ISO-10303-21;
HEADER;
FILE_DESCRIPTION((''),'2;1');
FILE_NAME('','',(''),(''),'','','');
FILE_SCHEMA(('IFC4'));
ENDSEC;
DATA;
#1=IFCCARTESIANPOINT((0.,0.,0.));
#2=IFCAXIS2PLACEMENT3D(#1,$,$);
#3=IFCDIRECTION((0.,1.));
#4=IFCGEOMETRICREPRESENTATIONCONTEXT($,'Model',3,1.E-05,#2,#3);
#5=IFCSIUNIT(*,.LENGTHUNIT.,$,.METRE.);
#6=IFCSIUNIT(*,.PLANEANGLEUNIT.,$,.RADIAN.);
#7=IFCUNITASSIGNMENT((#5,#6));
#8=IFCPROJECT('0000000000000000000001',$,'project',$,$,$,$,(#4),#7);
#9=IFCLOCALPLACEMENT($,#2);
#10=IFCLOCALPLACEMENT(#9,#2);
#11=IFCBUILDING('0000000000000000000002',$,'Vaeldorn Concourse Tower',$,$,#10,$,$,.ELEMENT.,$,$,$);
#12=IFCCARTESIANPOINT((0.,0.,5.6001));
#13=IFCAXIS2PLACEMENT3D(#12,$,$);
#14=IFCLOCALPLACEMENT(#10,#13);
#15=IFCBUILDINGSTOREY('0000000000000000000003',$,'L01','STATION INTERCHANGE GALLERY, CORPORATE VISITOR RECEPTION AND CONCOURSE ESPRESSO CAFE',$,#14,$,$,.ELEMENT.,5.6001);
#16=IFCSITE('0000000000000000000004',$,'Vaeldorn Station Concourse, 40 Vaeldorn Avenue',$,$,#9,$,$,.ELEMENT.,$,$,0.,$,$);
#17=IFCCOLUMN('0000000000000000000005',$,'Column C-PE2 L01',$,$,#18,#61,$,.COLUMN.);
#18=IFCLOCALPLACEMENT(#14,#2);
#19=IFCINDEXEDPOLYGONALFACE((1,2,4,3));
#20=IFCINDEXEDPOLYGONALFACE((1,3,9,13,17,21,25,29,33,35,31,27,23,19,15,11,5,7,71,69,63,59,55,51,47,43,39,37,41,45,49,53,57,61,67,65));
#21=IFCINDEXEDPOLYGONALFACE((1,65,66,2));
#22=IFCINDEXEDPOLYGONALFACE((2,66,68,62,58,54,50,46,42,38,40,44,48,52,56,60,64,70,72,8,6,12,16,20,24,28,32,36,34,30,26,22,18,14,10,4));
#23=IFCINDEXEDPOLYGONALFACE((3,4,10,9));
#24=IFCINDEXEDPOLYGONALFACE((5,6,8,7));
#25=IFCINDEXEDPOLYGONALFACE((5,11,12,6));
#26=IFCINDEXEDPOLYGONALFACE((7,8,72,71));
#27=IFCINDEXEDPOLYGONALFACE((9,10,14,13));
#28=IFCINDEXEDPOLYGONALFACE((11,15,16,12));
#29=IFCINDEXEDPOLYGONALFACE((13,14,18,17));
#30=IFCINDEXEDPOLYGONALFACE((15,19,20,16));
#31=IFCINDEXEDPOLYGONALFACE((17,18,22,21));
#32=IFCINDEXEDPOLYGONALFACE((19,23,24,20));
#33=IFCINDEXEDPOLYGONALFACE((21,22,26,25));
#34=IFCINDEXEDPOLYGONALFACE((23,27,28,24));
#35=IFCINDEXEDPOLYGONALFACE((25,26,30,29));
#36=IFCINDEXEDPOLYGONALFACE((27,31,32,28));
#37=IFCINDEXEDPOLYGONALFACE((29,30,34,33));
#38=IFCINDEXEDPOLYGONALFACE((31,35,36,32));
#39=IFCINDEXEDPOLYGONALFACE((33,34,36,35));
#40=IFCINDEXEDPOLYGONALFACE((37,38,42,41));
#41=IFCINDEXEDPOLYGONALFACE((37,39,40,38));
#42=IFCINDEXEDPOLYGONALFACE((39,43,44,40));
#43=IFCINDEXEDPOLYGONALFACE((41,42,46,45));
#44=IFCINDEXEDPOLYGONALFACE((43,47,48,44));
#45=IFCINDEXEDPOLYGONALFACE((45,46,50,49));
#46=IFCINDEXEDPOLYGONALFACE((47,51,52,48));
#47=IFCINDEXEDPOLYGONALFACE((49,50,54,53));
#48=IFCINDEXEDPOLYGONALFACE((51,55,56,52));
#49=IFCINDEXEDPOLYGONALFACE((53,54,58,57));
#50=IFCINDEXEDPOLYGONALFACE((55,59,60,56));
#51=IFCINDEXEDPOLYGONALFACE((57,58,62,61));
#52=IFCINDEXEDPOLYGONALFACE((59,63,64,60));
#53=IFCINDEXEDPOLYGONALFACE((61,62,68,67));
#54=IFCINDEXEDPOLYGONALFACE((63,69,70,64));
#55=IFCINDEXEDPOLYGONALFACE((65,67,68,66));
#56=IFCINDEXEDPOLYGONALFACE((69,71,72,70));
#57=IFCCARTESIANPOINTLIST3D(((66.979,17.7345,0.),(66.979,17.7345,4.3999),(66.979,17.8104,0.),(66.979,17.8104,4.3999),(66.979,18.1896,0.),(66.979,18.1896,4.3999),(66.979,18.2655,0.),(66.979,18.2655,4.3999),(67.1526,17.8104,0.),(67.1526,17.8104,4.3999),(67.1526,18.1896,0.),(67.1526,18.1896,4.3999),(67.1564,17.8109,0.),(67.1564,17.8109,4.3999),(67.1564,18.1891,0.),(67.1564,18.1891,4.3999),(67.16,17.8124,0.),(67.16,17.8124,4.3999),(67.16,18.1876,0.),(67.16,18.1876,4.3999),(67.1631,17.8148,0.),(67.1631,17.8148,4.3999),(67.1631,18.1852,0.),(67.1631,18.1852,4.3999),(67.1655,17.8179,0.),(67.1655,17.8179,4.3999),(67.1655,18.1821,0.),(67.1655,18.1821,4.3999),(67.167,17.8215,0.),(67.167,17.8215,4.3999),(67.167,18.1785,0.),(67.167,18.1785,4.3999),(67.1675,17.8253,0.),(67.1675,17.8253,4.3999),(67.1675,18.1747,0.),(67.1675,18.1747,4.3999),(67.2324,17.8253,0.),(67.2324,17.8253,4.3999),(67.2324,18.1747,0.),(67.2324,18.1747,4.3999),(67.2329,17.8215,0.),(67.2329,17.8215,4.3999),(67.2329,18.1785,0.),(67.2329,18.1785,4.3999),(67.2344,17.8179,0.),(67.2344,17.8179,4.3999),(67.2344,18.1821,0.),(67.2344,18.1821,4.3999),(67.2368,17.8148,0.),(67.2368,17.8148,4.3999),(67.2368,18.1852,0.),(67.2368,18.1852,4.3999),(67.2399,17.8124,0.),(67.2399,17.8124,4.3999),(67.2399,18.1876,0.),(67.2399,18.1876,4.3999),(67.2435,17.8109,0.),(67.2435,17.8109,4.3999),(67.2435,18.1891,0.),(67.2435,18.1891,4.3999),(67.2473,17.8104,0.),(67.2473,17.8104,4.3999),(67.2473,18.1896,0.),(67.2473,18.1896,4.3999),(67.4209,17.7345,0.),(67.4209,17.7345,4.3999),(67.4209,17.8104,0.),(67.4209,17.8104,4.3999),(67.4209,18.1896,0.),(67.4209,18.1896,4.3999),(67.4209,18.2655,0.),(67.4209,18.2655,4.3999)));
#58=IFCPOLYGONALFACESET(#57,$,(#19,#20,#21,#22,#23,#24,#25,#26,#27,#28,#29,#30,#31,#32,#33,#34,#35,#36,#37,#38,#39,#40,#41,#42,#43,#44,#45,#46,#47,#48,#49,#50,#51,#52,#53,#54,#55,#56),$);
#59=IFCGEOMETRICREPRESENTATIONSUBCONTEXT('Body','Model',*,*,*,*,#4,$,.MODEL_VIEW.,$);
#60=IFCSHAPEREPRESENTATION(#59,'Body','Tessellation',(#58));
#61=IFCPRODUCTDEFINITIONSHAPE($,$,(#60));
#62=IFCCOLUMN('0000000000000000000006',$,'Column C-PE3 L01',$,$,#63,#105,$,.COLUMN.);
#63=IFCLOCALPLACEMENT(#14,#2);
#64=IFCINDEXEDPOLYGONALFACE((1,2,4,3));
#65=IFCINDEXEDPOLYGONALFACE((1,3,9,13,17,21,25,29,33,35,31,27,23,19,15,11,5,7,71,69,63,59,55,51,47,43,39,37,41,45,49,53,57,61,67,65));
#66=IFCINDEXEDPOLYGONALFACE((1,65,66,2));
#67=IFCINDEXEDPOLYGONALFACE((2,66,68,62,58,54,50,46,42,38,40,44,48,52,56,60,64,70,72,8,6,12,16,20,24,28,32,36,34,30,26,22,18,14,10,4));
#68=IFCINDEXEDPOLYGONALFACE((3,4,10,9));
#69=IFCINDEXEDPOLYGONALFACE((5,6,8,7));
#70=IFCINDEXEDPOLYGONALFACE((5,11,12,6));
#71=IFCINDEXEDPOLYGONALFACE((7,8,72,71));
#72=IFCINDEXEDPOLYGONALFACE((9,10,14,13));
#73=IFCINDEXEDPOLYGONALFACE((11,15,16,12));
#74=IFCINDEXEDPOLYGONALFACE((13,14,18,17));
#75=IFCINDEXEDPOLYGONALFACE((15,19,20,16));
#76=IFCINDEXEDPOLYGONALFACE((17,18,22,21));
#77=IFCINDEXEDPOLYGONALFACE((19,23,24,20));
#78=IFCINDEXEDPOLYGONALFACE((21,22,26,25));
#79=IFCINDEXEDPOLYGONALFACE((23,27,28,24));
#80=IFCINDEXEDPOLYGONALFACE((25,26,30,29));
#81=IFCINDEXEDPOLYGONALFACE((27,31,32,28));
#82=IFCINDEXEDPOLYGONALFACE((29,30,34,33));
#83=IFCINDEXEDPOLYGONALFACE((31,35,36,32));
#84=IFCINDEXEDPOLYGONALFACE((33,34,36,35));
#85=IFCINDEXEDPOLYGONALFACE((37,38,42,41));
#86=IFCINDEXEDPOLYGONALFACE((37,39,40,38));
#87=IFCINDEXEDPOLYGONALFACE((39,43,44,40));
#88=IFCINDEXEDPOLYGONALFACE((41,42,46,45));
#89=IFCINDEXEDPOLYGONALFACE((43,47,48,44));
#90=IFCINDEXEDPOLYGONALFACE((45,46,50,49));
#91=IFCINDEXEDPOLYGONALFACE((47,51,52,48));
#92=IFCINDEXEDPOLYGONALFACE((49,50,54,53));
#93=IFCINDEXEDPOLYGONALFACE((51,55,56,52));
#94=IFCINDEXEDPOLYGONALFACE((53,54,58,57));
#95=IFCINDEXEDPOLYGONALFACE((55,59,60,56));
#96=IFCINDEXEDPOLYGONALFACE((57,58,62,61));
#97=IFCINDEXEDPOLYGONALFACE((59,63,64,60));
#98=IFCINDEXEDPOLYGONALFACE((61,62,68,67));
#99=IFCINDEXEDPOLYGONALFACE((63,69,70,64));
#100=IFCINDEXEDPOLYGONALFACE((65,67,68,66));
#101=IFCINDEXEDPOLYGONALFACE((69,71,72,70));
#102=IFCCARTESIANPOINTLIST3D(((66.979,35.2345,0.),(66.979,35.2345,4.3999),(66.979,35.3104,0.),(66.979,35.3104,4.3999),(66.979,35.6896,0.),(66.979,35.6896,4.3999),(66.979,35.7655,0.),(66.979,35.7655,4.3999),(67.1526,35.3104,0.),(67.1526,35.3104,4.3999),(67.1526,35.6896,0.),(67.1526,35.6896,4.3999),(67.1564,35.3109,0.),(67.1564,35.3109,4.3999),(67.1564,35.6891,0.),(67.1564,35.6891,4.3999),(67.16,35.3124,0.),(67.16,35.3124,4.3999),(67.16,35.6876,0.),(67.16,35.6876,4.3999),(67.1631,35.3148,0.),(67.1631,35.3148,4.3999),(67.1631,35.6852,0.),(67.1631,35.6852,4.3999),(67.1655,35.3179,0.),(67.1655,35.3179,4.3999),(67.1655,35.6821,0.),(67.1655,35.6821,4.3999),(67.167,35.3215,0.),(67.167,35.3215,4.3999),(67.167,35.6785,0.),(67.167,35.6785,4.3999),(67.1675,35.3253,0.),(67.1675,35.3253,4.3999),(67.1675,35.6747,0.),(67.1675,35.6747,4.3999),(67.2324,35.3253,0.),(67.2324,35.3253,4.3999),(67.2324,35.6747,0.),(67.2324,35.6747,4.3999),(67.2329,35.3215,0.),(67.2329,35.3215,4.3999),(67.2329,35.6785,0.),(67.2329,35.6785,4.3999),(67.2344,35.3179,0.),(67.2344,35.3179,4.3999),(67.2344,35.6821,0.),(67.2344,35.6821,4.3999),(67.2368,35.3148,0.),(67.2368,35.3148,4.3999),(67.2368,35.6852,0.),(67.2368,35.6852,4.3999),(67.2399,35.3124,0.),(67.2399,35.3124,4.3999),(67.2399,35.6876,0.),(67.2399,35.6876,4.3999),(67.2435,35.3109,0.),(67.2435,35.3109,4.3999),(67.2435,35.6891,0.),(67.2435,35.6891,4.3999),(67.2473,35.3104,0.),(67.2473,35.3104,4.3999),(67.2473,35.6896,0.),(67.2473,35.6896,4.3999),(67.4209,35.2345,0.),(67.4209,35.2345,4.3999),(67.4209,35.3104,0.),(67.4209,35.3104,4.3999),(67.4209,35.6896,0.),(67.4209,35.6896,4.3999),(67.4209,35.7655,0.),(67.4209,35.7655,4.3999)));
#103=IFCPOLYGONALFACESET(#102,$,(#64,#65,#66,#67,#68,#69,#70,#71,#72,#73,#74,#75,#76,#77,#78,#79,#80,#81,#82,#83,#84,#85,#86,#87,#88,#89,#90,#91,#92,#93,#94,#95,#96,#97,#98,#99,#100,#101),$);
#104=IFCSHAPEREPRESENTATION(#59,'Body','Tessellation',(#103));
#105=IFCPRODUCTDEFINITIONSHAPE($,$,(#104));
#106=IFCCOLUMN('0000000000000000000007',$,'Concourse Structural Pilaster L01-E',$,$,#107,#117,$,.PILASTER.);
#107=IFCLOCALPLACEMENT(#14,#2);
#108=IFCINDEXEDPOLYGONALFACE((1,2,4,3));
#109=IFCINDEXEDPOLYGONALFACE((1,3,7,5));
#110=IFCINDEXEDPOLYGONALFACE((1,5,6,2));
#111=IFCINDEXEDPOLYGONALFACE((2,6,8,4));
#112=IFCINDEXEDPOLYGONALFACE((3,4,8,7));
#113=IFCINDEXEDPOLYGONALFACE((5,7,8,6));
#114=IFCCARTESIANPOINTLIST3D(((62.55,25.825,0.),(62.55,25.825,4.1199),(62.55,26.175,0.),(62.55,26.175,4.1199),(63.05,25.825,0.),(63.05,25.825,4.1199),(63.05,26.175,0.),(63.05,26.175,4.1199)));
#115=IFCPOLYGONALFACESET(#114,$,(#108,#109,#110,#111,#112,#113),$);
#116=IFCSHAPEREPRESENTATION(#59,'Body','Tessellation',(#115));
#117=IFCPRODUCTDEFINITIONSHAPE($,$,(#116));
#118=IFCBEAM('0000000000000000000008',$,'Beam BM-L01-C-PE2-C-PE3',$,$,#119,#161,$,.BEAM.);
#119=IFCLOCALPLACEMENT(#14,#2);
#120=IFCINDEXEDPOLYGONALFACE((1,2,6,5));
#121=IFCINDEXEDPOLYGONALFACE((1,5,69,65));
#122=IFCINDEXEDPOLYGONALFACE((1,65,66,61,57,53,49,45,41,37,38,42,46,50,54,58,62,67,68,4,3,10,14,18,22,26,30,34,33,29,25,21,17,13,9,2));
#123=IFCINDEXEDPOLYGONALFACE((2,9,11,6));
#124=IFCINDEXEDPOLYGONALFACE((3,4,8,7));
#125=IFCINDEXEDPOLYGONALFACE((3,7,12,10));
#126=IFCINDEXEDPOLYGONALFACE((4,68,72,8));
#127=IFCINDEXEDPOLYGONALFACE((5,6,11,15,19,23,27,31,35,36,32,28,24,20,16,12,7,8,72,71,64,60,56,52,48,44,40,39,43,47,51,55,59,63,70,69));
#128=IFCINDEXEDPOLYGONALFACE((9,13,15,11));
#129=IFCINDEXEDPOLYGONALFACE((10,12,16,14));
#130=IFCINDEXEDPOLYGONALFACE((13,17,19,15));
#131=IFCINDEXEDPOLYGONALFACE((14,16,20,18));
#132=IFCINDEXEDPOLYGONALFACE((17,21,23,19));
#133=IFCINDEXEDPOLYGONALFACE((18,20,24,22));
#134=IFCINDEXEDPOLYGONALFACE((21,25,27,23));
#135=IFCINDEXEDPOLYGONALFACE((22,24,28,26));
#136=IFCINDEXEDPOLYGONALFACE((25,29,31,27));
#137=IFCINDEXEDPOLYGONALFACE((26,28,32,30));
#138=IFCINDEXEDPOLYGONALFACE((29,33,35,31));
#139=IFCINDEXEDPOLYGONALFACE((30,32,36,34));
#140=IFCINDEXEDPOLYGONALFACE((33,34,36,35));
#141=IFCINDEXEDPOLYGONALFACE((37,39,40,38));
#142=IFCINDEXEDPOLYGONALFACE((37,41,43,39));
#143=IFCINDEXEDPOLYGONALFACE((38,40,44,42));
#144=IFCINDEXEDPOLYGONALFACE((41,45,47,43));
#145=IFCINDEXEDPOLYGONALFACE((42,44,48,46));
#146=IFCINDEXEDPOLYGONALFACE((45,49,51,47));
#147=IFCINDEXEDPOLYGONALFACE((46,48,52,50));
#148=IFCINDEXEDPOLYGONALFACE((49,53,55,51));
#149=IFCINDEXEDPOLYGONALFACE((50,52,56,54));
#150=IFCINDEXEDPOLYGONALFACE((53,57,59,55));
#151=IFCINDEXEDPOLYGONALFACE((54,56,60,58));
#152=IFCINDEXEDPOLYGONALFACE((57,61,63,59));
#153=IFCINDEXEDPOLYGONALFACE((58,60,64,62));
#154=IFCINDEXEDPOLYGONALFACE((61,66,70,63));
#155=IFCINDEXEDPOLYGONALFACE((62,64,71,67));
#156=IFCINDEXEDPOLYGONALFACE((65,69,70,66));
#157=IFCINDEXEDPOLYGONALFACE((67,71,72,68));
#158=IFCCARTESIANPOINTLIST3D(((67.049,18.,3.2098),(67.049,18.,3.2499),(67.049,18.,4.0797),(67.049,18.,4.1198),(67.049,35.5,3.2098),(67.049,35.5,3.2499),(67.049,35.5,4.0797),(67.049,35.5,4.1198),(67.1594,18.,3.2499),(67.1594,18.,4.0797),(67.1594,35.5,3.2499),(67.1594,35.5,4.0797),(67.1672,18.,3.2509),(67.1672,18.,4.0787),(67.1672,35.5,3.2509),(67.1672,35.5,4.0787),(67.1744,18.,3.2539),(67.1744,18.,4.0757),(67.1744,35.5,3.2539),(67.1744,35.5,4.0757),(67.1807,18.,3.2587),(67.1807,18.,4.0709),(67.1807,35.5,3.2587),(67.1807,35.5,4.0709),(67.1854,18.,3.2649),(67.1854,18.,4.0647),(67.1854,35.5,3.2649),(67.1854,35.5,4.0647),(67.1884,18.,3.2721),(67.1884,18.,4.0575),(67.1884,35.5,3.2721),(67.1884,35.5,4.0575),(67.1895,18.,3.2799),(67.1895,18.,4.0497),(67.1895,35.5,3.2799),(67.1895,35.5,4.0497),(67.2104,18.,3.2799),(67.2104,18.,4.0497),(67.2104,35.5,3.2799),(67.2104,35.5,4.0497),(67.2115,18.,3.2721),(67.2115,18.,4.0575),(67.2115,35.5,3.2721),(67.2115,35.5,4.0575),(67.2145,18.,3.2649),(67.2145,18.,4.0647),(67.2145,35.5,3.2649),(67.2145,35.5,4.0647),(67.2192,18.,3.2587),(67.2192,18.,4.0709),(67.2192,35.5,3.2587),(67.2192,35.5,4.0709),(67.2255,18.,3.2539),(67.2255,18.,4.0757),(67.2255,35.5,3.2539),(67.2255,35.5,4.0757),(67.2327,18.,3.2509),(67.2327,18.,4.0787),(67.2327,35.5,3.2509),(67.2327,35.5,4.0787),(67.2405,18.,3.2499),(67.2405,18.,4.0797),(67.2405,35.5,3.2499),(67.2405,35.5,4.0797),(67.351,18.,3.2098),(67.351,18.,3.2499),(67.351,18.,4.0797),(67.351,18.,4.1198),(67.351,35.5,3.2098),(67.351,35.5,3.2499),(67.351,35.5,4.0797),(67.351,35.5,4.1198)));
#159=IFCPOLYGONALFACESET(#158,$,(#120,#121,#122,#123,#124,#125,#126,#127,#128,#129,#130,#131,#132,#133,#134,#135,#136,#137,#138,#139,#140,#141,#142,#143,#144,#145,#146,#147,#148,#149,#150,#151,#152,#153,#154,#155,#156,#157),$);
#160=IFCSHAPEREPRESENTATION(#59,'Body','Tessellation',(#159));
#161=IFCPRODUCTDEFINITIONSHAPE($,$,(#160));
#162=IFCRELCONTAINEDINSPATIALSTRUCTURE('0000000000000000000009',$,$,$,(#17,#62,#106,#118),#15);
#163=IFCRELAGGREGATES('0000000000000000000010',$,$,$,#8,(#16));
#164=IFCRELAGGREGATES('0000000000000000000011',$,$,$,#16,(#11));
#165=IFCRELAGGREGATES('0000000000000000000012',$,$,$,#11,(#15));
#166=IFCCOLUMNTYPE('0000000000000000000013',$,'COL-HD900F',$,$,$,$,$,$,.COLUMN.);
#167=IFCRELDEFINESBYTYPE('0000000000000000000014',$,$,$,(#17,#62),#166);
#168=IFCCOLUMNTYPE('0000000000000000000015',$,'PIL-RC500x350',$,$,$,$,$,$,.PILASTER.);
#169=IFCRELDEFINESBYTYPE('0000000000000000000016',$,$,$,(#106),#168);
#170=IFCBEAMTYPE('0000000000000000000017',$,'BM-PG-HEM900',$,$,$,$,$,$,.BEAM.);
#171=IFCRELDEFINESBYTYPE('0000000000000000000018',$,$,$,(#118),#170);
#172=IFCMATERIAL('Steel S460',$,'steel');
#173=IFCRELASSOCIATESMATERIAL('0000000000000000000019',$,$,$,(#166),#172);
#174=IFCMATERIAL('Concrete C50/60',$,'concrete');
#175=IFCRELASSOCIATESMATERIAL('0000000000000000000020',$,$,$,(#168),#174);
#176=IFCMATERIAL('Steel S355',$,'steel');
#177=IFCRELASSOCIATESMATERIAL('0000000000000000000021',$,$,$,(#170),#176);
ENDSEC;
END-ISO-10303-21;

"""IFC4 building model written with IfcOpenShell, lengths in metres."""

from ifc_helpers import new_model, si_unit, direction, frame, origin, origin_2d, place, context, subcontext, project, spatial, rectangle, i_section, extrude, source, transform, mapped, material, material_profile, profile_set, type_object, element, save


model = new_model("IFC4")

# Units and contexts
model_context = context("Model", 3, precision=1e-05, world=origin(), true_north=direction((0.0, 1.0)))
body_context = subcontext(model_context, "Body", "Model", "MODEL_VIEW")
ifc_project = project(units=[si_unit("LENGTHUNIT", "METRE"), si_unit("PLANEANGLEUNIT", "RADIAN")], contexts=[model_context])

# Site, building, storey
site_placement = place(None, origin())
site = spatial("IfcSite", under=ifc_project, at=site_placement, Name="Vaeldorn Station Concourse, 40 Vaeldorn Avenue", CompositionType="ELEMENT", RefElevation=0.0)
building_placement = place(site_placement, origin())
building = spatial("IfcBuilding", under=site, at=building_placement, Name="Vaeldorn Concourse Tower", CompositionType="ELEMENT")
storey_placement = place(building_placement, frame((0.0, 0.0, 5.6001)))
storey = spatial("IfcBuildingStorey", under=building, at=storey_placement, Name="L01", Description="STATION INTERCHANGE GALLERY, CORPORATE VISITOR RECEPTION AND CONCOURSE ESPRESSO CAFE", CompositionType="ELEMENT", Elevation=5.6001)

# Columns
ifc_material_1 = material(Name="Steel S460", Category="steel")
ifc_material_profile_1 = material_profile(ifc_material_1, i_section(OverallWidth=0.4419, OverallDepth=0.531, WebThickness=0.0649, FlangeThickness=0.0759, FilletRadius=0.0149, at=origin_2d()), Name="HD 400x900")
ifc_profile_set_1 = profile_set([ifc_material_profile_1], Name="Steel S460")
column_type_1 = type_object("IfcColumnType", Name="COL-HD900F", PredefinedType="COLUMN", material=ifc_profile_set_1)
shared_shape_1 = source(origin(), body_context, "Body", "SweptSolid", [
    extrude(i_section(OverallWidth=0.4419, OverallDepth=0.531, WebThickness=0.0649, FlangeThickness=0.0759, FilletRadius=0.0149, at=origin_2d()), origin(), (0.0, 0.0, 1.0), 4.3999),
])
for number, where, z_axis, x_axis, name in (
    (1, (67.2, 18.0, 0.0), (0.0, 0.0, 1.0), (1.0, 0.0, 0.0), "Column C-PE2 L01"),
    (2, (67.2, 35.5, 0.0), (0.0, 0.0, 1.0), (1.0, 0.0, 0.0), "Column C-PE3 L01"),
):
    element("IfcColumn", number, at=place(storey_placement, frame(where, z_axis=z_axis, x_axis=x_axis)), inside=storey, type_object=column_type_1, Name=name, PredefinedType="COLUMN", context=body_context, shape_type="MappedRepresentation", body=[
        mapped(shared_shape_1, transform((0.0, 0.0, 0.0), scale=1.0)),
    ])
ifc_material_2 = material(Name="Concrete C50/60", Category="concrete")
ifc_material_profile_2 = material_profile(ifc_material_2, rectangle(XDim=0.5, YDim=0.3501, at=origin_2d()), Name="RC 500x350")
ifc_profile_set_2 = profile_set([ifc_material_profile_2], Name="Concrete C50/60")
column_type_2 = type_object("IfcColumnType", Name="PIL-RC500x350", PredefinedType="PILASTER", material=ifc_profile_set_2)
shared_shape_2 = source(origin(), body_context, "Body", "SweptSolid", [
    extrude(rectangle(XDim=0.5, YDim=0.3501, at=origin_2d()), origin(), (0.0, 0.0, 1.0), 4.1199),
])
column_placement = place(storey_placement, frame((62.8, 26.0, 0.0), z_axis=(0.0, 0.0, 1.0), x_axis=(1.0, 0.0, 0.0)))
element("IfcColumn", 3, at=column_placement, inside=storey, type_object=column_type_2, Name="Concourse Structural Pilaster L01-E", PredefinedType="PILASTER", context=body_context, shape_type="MappedRepresentation", body=[
    mapped(shared_shape_2, transform((0.0, 0.0, 0.0), scale=1.0)),
])

# Beam
ifc_material_3 = material(Name="Steel S355", Category="steel")
ifc_material_profile_3 = material_profile(ifc_material_3, i_section(OverallWidth=0.302, OverallDepth=0.9099, WebThickness=0.021, FlangeThickness=0.04, FilletRadius=0.03, at=origin_2d()), Name="HEM 900")
ifc_profile_set_3 = profile_set([ifc_material_profile_3], Name="Steel S355")
beam_type = type_object("IfcBeamType", Name="BM-PG-HEM900", PredefinedType="BEAM", material=ifc_profile_set_3)
shared_shape_3 = source(origin(), body_context, "Body", "SweptSolid", [
    extrude(i_section(OverallWidth=0.302, OverallDepth=0.9099, WebThickness=0.021, FlangeThickness=0.04, FilletRadius=0.03, at=origin_2d()), origin(), (0.0, 0.0, 1.0), 17.5),
])
beam_1_placement = place(storey_placement, frame((67.2, 18.0, 3.6648), z_axis=(0.0, 1.0, 0.0), x_axis=(-1.0, 0.0, 0.0)))
element("IfcBeam", 4, at=beam_1_placement, inside=storey, type_object=beam_type, Name="Beam BM-L01-C-PE2-C-PE3", PredefinedType="BEAM", context=body_context, shape_type="MappedRepresentation", body=[
    mapped(shared_shape_3, transform((0.0, 0.0, 0.0), scale=1.0)),
])

save(model, "model.ifc")
